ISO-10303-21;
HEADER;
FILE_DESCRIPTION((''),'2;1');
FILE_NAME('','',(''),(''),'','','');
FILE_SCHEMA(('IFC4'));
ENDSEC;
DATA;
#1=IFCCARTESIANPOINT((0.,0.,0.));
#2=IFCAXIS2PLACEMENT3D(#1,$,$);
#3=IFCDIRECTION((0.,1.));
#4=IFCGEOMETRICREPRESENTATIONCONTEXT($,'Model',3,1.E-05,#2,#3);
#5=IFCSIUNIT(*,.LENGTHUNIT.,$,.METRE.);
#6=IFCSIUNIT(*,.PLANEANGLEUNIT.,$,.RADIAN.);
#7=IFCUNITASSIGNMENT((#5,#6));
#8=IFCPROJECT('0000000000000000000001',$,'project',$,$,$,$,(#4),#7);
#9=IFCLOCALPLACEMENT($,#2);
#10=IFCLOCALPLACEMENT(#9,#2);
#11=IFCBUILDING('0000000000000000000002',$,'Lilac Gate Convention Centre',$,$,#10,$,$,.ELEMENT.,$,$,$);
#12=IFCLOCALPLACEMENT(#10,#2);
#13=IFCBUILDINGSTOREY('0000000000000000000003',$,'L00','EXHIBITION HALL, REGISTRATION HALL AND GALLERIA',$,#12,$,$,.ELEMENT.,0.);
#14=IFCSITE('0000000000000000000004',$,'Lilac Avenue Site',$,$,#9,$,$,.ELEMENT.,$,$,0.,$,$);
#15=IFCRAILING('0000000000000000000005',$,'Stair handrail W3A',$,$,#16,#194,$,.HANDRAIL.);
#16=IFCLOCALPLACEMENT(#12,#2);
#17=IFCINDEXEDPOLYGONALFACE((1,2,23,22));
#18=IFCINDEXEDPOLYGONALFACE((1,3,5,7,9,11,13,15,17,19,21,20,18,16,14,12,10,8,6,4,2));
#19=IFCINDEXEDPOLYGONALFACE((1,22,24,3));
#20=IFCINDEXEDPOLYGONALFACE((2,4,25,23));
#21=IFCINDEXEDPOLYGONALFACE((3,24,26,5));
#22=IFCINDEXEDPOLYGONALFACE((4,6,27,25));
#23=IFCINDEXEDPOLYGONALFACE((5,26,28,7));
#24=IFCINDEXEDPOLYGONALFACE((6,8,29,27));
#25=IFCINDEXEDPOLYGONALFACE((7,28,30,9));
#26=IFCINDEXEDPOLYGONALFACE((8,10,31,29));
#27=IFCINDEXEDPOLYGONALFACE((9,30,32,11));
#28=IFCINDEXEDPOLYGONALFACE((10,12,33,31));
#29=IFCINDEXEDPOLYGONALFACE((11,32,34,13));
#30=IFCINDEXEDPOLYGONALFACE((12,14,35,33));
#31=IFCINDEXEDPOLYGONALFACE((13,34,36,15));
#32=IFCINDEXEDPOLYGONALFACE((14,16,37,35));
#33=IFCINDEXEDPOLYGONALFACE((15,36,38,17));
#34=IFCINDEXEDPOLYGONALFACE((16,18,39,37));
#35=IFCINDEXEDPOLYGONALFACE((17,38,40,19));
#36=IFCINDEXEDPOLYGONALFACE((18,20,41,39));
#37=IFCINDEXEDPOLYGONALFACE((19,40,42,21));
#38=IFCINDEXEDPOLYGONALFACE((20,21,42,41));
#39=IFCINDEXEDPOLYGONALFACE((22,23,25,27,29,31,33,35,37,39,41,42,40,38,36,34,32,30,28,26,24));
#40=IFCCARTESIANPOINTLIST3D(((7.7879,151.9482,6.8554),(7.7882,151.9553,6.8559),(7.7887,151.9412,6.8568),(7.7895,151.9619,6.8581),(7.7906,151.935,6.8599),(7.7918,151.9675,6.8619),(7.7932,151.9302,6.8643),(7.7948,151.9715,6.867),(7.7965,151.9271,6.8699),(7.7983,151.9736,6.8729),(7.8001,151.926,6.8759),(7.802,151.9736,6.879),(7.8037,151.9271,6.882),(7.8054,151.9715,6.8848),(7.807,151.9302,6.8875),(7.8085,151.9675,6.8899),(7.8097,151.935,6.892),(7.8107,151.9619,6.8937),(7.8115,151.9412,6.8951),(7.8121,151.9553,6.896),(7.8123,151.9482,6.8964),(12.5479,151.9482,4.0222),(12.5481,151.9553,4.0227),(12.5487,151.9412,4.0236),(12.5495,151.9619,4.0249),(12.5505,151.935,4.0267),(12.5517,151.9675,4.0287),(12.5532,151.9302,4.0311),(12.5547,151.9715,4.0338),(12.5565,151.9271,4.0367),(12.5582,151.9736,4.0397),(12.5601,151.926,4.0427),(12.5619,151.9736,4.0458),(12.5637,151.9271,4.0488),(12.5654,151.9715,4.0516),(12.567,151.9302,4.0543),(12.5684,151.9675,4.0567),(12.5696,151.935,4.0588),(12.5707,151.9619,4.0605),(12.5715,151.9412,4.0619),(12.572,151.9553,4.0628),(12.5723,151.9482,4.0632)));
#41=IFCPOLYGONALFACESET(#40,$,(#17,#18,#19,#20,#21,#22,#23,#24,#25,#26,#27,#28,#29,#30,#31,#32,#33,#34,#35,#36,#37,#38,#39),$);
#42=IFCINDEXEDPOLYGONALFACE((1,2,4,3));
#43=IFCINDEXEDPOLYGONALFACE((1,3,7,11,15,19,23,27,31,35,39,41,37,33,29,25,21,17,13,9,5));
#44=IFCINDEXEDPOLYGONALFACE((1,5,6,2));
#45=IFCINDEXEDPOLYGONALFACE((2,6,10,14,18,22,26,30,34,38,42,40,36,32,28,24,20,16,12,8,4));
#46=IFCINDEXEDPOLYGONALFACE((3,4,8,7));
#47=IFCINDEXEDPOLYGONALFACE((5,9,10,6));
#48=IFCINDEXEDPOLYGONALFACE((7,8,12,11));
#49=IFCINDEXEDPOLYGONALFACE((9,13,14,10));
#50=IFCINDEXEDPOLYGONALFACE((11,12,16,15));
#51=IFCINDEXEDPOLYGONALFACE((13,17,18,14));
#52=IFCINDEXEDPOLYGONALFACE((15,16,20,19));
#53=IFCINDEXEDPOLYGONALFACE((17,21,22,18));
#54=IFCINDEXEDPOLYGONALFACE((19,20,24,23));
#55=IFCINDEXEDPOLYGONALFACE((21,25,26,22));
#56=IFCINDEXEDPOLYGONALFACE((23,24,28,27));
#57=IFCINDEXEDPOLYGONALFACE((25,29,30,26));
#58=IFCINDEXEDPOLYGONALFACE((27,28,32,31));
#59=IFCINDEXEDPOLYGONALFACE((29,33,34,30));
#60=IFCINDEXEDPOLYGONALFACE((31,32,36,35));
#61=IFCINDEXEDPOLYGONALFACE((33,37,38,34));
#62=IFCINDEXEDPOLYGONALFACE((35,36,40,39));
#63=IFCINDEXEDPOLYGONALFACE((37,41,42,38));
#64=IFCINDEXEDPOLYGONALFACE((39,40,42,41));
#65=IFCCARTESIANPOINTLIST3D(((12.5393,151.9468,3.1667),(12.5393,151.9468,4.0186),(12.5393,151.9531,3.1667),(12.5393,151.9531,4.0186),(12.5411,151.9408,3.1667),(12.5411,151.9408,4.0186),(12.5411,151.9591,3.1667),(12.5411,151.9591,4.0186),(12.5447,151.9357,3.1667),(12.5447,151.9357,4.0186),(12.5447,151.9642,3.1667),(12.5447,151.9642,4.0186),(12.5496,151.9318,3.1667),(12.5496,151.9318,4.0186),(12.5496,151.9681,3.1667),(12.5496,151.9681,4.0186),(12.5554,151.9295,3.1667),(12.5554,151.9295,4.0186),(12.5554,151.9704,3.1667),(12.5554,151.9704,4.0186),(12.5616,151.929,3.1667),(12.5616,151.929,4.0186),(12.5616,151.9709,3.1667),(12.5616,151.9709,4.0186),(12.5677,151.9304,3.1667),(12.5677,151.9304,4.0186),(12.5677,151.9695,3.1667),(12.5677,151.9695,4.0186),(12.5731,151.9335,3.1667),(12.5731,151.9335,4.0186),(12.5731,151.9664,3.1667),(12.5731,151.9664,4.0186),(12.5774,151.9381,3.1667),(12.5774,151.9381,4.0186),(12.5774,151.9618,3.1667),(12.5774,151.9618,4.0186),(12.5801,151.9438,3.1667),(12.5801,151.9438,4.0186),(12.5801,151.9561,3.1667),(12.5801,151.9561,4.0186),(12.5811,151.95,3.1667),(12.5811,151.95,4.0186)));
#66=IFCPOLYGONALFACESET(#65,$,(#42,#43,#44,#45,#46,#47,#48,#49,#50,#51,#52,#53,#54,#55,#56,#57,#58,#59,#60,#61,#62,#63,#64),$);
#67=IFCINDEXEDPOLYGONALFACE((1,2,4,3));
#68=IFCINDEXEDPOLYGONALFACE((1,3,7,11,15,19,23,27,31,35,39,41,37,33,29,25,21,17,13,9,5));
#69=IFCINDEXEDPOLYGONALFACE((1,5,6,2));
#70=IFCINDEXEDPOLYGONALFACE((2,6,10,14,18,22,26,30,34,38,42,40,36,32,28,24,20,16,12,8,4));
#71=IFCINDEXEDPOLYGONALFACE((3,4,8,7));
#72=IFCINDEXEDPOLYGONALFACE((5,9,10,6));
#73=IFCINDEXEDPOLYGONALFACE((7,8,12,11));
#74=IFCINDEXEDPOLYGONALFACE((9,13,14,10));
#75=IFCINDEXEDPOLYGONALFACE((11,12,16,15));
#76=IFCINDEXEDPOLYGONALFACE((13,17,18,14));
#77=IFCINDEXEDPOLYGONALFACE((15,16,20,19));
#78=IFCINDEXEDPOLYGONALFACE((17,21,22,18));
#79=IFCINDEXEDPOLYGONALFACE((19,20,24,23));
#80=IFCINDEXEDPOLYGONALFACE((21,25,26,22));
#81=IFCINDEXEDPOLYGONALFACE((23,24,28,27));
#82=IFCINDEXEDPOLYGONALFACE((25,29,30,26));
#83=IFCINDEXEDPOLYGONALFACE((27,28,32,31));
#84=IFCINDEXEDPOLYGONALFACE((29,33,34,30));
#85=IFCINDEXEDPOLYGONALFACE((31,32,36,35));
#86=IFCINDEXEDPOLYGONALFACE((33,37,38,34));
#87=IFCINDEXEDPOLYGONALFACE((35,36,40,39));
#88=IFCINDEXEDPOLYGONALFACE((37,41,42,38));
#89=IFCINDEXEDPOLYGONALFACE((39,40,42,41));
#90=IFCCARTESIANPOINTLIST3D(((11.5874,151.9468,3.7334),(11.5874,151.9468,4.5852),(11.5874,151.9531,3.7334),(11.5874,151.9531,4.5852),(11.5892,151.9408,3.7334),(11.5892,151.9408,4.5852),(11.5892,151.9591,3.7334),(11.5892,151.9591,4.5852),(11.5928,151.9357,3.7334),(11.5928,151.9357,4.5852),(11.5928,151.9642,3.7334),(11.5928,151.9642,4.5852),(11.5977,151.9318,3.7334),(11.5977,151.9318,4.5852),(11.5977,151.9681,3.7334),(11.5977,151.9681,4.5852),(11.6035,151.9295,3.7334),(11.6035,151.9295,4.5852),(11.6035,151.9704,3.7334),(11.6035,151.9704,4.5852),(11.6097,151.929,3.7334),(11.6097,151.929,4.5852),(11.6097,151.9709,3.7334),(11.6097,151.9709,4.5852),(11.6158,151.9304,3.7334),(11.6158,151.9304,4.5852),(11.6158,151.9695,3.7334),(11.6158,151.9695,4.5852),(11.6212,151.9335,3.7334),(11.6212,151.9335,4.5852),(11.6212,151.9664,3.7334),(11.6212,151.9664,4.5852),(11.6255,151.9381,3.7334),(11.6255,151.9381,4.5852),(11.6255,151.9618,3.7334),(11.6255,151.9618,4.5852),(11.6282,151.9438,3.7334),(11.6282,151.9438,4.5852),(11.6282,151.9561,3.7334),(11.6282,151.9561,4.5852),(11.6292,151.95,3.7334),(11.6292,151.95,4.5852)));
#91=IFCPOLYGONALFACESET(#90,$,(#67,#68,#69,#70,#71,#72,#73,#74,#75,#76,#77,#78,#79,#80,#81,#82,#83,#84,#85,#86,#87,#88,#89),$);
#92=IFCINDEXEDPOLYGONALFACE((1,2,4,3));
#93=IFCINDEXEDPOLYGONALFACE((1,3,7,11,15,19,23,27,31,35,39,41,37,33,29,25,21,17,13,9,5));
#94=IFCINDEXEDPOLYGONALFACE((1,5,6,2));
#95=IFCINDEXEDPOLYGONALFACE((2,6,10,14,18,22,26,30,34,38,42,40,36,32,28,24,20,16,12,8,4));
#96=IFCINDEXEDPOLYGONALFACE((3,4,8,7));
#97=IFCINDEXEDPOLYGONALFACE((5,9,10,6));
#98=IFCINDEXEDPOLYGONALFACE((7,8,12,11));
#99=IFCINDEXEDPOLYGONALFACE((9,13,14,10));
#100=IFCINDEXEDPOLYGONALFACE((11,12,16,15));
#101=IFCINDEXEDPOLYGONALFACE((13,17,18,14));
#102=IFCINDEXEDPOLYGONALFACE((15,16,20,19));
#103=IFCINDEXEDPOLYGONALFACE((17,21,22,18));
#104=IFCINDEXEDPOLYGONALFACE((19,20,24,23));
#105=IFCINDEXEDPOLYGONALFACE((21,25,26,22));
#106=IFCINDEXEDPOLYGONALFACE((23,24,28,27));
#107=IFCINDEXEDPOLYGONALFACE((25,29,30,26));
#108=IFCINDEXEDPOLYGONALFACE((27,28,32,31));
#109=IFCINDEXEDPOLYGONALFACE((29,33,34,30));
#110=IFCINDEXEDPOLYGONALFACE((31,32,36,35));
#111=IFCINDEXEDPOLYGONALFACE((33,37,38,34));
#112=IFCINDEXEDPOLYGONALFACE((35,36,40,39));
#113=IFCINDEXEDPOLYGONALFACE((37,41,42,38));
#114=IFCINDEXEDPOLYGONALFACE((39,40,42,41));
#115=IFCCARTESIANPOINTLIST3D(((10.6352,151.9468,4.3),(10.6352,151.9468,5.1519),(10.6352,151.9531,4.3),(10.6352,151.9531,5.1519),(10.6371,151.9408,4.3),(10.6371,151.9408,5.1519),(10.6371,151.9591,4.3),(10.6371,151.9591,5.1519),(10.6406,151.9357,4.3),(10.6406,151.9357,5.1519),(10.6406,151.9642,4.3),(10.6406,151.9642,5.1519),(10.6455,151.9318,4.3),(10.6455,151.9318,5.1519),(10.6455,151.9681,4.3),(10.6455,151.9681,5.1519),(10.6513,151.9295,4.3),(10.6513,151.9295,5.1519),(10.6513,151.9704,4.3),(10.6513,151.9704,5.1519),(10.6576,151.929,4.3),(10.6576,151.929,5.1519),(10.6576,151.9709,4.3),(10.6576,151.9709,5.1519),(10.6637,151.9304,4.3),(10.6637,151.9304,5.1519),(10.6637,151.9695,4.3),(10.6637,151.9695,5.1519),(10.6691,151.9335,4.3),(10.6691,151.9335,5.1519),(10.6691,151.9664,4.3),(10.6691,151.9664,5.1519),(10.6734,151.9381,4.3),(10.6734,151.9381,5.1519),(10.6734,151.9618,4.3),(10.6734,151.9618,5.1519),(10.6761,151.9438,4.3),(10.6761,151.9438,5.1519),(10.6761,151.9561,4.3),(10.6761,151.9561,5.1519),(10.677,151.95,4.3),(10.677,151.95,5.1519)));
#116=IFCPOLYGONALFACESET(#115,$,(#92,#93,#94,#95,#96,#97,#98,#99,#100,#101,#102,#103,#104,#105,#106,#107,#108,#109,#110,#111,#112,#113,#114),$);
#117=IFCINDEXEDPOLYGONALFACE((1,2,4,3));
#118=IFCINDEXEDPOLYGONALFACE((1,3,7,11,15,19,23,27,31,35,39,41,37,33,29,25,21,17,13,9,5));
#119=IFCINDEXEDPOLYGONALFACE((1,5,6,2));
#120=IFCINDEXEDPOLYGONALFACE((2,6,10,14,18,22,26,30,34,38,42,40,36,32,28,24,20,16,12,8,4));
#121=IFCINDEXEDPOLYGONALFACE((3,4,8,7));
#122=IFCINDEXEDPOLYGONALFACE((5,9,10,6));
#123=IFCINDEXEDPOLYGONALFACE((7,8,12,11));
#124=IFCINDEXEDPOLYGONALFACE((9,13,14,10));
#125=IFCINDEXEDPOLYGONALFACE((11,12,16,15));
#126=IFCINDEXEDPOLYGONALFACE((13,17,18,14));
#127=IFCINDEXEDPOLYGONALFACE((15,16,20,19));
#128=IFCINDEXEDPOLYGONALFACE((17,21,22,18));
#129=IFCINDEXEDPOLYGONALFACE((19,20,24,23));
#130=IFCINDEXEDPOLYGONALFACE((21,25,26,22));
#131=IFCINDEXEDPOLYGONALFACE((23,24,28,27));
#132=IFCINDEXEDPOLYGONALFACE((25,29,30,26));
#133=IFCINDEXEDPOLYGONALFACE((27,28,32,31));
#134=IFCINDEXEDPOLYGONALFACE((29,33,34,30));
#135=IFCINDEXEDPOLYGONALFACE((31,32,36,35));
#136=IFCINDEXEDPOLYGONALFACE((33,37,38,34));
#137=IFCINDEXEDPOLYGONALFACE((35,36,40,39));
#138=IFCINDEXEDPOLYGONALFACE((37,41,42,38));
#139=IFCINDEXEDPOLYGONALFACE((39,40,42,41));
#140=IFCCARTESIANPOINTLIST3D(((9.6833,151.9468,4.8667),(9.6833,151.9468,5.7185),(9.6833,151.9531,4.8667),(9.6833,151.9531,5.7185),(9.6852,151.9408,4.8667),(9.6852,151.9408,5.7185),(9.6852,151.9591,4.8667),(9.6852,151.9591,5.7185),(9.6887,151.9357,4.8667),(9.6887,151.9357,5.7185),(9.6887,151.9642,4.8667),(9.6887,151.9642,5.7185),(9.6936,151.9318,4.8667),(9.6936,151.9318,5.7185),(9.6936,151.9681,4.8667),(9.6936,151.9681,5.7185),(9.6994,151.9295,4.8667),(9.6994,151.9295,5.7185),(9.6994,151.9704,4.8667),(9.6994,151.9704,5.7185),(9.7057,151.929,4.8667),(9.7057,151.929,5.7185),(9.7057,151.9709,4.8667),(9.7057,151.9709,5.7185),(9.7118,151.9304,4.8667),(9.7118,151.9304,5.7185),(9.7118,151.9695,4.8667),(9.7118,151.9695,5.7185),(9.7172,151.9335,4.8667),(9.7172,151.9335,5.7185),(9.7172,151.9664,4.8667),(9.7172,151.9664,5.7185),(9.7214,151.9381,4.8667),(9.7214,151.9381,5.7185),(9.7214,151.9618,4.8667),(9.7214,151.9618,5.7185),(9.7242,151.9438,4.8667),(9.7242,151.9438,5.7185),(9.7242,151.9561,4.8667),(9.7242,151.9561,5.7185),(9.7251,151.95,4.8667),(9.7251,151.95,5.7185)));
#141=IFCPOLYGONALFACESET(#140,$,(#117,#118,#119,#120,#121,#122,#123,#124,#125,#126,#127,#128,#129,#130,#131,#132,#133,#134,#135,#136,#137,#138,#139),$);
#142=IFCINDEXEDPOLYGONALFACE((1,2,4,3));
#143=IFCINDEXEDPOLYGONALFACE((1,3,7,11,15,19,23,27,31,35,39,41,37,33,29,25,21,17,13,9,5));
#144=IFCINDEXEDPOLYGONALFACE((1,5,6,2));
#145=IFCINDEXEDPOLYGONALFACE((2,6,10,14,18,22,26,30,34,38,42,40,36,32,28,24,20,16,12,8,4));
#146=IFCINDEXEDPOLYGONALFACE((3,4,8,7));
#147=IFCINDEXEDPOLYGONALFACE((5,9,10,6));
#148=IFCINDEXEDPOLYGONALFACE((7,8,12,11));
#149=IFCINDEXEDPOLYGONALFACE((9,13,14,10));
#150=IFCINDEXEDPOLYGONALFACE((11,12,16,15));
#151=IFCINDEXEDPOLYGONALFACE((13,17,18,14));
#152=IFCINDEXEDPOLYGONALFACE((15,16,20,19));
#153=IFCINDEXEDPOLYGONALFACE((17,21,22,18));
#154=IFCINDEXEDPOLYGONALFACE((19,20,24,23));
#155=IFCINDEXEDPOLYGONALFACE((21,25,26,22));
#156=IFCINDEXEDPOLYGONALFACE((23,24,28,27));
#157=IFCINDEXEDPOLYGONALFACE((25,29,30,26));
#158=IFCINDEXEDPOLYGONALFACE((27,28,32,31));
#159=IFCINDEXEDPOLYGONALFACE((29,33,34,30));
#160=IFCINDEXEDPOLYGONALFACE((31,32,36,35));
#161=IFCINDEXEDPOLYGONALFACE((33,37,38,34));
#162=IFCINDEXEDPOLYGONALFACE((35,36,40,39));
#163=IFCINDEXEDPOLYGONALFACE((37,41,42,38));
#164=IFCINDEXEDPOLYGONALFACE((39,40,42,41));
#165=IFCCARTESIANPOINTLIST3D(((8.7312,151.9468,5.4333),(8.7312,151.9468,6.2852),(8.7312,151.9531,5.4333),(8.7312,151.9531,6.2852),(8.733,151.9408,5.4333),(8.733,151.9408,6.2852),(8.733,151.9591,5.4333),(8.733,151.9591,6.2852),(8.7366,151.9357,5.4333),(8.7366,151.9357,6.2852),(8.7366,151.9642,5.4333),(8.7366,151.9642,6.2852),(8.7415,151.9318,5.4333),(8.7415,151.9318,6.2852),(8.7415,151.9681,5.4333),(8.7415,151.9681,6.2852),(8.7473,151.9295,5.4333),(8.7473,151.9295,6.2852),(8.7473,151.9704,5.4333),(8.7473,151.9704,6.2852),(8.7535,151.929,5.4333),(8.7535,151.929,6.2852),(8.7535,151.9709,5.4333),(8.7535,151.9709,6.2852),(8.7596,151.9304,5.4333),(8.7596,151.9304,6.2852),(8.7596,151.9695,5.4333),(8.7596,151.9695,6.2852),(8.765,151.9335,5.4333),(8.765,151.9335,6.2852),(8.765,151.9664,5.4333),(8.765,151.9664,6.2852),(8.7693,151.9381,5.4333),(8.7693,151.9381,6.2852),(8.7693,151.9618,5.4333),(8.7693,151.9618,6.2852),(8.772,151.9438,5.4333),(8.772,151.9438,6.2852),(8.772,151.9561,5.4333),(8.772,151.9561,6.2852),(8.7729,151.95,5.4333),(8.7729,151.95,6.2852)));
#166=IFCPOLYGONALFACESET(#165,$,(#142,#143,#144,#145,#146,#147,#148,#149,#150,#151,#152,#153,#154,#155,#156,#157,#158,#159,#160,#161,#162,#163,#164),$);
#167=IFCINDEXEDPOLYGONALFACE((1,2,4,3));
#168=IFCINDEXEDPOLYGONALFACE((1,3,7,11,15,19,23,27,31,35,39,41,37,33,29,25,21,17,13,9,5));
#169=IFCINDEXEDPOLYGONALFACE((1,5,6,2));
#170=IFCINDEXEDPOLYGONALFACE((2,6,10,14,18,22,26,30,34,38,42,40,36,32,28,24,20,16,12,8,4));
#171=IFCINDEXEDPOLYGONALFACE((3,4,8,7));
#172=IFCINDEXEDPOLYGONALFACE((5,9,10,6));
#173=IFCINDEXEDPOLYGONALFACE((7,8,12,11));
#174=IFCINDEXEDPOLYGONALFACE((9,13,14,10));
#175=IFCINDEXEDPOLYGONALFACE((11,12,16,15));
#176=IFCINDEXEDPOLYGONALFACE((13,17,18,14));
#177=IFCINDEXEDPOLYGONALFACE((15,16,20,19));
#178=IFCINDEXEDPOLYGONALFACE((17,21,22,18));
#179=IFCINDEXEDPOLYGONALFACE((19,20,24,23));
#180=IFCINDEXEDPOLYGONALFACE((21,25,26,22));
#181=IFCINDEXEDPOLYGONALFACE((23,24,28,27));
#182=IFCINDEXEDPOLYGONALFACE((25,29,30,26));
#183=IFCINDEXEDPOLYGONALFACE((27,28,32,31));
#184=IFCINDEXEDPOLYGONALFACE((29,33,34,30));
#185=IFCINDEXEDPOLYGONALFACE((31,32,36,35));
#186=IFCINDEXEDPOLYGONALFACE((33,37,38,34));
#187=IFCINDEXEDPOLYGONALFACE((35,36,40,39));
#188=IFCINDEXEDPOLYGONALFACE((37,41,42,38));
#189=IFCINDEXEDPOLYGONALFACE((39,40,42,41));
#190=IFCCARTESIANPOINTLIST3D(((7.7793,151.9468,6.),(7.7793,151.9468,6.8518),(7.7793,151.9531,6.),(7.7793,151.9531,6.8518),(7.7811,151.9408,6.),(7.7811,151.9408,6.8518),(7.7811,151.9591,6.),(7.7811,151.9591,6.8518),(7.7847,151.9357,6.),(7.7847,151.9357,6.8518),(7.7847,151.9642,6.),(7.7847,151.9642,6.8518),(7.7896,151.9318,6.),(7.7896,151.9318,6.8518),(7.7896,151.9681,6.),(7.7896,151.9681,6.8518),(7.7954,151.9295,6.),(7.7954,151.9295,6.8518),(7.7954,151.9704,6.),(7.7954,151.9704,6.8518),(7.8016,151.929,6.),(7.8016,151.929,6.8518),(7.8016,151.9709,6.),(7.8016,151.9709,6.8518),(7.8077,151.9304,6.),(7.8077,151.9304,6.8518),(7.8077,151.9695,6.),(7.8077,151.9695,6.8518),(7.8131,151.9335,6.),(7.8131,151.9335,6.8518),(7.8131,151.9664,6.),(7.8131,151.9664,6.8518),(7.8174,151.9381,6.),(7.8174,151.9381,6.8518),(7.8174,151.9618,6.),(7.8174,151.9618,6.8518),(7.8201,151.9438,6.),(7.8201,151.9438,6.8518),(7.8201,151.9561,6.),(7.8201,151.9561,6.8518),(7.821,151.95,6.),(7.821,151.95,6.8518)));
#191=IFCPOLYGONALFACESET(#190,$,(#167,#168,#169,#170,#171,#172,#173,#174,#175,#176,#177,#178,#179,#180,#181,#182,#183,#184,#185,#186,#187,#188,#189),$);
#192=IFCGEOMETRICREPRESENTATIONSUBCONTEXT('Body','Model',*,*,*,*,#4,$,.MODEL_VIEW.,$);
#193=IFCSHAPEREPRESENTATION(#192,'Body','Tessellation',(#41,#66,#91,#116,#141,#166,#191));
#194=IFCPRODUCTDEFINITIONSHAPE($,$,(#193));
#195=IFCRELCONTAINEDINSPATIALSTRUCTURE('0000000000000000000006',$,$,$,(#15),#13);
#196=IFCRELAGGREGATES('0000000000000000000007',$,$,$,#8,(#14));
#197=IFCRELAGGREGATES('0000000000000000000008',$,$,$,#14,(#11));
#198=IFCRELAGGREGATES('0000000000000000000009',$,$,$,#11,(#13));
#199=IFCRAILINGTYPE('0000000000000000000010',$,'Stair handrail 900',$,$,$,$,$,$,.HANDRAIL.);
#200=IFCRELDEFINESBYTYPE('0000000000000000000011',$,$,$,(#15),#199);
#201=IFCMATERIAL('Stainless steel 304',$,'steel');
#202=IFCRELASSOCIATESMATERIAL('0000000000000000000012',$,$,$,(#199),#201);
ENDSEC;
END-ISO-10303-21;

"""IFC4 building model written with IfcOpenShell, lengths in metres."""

from ifc_helpers import new_model, si_unit, direction, frame, origin, origin_2d, place, context, subcontext, project, spatial, circle, extrude, material, type_object, element, save


model = new_model("IFC4")

# Units and contexts
model_context = context("Model", 3, precision=1e-05, world=origin(), true_north=direction((0.0, 1.0)))
body_context = subcontext(model_context, "Body", "Model", "MODEL_VIEW")
ifc_project = project(units=[si_unit("LENGTHUNIT", "METRE"), si_unit("PLANEANGLEUNIT", "RADIAN")], contexts=[model_context])

# Site, building, storey
site_placement = place(None, origin())
site = spatial("IfcSite", under=ifc_project, at=site_placement, Name="Lilac Avenue Site", CompositionType="ELEMENT", RefElevation=0.0)
building_placement = place(site_placement, origin())
building = spatial("IfcBuilding", under=site, at=building_placement, Name="Lilac Gate Convention Centre", CompositionType="ELEMENT")
storey_placement = place(building_placement, origin())
storey = spatial("IfcBuildingStorey", under=building, at=storey_placement, Name="L00", Description="EXHIBITION HALL, REGISTRATION HALL AND GALLERIA", CompositionType="ELEMENT", Elevation=0.0)

# Railing
ifc_material_1 = material(Name="Stainless steel 304", Category="steel")
railing_type = type_object("IfcRailingType", Name="Stair handrail 900", PredefinedType="HANDRAIL", material=ifc_material_1)
for number, where, name in (
    (1, (12.5601, 151.95, 3.1667), "Stair handrail W3A"),
):
    element("IfcRailing", number, at=place(storey_placement, frame(where)), inside=storey, type_object=railing_type, Name=name, PredefinedType="HANDRAIL", context=body_context, shape_type="SweptSolid", body=[
        extrude(circle(Radius=0.0239, at=origin_2d()), frame((0.0, 0.0, 0.876), z_axis=(-0.8593, 0.0, 0.511472), x_axis=(0.0, -1.0, 0.0)), (0.0, 0.0, 1.0), 5.5393),
        extrude(circle(Radius=0.021, at=origin_2d()), origin(), (0.0, 0.0, 1.0), 0.8518),
        extrude(circle(Radius=0.021, at=origin_2d()), frame((-0.9519, 0.0, 0.5667)), (0.0, 0.0, 1.0), 0.8518),
        extrude(circle(Radius=0.021, at=origin_2d()), frame((-1.9041, 0.0, 1.1333)), (0.0, 0.0, 1.0), 0.8518),
        extrude(circle(Radius=0.021, at=origin_2d()), frame((-2.856, 0.0, 1.7)), (0.0, 0.0, 1.0), 0.8518),
        extrude(circle(Radius=0.021, at=origin_2d()), frame((-3.8081, 0.0, 2.2666)), (0.0, 0.0, 1.0), 0.8518),
        extrude(circle(Radius=0.021, at=origin_2d()), frame((-4.76, 0.0, 2.8333)), (0.0, 0.0, 1.0), 0.8518),
    ])

save(model, "model.ifc")
